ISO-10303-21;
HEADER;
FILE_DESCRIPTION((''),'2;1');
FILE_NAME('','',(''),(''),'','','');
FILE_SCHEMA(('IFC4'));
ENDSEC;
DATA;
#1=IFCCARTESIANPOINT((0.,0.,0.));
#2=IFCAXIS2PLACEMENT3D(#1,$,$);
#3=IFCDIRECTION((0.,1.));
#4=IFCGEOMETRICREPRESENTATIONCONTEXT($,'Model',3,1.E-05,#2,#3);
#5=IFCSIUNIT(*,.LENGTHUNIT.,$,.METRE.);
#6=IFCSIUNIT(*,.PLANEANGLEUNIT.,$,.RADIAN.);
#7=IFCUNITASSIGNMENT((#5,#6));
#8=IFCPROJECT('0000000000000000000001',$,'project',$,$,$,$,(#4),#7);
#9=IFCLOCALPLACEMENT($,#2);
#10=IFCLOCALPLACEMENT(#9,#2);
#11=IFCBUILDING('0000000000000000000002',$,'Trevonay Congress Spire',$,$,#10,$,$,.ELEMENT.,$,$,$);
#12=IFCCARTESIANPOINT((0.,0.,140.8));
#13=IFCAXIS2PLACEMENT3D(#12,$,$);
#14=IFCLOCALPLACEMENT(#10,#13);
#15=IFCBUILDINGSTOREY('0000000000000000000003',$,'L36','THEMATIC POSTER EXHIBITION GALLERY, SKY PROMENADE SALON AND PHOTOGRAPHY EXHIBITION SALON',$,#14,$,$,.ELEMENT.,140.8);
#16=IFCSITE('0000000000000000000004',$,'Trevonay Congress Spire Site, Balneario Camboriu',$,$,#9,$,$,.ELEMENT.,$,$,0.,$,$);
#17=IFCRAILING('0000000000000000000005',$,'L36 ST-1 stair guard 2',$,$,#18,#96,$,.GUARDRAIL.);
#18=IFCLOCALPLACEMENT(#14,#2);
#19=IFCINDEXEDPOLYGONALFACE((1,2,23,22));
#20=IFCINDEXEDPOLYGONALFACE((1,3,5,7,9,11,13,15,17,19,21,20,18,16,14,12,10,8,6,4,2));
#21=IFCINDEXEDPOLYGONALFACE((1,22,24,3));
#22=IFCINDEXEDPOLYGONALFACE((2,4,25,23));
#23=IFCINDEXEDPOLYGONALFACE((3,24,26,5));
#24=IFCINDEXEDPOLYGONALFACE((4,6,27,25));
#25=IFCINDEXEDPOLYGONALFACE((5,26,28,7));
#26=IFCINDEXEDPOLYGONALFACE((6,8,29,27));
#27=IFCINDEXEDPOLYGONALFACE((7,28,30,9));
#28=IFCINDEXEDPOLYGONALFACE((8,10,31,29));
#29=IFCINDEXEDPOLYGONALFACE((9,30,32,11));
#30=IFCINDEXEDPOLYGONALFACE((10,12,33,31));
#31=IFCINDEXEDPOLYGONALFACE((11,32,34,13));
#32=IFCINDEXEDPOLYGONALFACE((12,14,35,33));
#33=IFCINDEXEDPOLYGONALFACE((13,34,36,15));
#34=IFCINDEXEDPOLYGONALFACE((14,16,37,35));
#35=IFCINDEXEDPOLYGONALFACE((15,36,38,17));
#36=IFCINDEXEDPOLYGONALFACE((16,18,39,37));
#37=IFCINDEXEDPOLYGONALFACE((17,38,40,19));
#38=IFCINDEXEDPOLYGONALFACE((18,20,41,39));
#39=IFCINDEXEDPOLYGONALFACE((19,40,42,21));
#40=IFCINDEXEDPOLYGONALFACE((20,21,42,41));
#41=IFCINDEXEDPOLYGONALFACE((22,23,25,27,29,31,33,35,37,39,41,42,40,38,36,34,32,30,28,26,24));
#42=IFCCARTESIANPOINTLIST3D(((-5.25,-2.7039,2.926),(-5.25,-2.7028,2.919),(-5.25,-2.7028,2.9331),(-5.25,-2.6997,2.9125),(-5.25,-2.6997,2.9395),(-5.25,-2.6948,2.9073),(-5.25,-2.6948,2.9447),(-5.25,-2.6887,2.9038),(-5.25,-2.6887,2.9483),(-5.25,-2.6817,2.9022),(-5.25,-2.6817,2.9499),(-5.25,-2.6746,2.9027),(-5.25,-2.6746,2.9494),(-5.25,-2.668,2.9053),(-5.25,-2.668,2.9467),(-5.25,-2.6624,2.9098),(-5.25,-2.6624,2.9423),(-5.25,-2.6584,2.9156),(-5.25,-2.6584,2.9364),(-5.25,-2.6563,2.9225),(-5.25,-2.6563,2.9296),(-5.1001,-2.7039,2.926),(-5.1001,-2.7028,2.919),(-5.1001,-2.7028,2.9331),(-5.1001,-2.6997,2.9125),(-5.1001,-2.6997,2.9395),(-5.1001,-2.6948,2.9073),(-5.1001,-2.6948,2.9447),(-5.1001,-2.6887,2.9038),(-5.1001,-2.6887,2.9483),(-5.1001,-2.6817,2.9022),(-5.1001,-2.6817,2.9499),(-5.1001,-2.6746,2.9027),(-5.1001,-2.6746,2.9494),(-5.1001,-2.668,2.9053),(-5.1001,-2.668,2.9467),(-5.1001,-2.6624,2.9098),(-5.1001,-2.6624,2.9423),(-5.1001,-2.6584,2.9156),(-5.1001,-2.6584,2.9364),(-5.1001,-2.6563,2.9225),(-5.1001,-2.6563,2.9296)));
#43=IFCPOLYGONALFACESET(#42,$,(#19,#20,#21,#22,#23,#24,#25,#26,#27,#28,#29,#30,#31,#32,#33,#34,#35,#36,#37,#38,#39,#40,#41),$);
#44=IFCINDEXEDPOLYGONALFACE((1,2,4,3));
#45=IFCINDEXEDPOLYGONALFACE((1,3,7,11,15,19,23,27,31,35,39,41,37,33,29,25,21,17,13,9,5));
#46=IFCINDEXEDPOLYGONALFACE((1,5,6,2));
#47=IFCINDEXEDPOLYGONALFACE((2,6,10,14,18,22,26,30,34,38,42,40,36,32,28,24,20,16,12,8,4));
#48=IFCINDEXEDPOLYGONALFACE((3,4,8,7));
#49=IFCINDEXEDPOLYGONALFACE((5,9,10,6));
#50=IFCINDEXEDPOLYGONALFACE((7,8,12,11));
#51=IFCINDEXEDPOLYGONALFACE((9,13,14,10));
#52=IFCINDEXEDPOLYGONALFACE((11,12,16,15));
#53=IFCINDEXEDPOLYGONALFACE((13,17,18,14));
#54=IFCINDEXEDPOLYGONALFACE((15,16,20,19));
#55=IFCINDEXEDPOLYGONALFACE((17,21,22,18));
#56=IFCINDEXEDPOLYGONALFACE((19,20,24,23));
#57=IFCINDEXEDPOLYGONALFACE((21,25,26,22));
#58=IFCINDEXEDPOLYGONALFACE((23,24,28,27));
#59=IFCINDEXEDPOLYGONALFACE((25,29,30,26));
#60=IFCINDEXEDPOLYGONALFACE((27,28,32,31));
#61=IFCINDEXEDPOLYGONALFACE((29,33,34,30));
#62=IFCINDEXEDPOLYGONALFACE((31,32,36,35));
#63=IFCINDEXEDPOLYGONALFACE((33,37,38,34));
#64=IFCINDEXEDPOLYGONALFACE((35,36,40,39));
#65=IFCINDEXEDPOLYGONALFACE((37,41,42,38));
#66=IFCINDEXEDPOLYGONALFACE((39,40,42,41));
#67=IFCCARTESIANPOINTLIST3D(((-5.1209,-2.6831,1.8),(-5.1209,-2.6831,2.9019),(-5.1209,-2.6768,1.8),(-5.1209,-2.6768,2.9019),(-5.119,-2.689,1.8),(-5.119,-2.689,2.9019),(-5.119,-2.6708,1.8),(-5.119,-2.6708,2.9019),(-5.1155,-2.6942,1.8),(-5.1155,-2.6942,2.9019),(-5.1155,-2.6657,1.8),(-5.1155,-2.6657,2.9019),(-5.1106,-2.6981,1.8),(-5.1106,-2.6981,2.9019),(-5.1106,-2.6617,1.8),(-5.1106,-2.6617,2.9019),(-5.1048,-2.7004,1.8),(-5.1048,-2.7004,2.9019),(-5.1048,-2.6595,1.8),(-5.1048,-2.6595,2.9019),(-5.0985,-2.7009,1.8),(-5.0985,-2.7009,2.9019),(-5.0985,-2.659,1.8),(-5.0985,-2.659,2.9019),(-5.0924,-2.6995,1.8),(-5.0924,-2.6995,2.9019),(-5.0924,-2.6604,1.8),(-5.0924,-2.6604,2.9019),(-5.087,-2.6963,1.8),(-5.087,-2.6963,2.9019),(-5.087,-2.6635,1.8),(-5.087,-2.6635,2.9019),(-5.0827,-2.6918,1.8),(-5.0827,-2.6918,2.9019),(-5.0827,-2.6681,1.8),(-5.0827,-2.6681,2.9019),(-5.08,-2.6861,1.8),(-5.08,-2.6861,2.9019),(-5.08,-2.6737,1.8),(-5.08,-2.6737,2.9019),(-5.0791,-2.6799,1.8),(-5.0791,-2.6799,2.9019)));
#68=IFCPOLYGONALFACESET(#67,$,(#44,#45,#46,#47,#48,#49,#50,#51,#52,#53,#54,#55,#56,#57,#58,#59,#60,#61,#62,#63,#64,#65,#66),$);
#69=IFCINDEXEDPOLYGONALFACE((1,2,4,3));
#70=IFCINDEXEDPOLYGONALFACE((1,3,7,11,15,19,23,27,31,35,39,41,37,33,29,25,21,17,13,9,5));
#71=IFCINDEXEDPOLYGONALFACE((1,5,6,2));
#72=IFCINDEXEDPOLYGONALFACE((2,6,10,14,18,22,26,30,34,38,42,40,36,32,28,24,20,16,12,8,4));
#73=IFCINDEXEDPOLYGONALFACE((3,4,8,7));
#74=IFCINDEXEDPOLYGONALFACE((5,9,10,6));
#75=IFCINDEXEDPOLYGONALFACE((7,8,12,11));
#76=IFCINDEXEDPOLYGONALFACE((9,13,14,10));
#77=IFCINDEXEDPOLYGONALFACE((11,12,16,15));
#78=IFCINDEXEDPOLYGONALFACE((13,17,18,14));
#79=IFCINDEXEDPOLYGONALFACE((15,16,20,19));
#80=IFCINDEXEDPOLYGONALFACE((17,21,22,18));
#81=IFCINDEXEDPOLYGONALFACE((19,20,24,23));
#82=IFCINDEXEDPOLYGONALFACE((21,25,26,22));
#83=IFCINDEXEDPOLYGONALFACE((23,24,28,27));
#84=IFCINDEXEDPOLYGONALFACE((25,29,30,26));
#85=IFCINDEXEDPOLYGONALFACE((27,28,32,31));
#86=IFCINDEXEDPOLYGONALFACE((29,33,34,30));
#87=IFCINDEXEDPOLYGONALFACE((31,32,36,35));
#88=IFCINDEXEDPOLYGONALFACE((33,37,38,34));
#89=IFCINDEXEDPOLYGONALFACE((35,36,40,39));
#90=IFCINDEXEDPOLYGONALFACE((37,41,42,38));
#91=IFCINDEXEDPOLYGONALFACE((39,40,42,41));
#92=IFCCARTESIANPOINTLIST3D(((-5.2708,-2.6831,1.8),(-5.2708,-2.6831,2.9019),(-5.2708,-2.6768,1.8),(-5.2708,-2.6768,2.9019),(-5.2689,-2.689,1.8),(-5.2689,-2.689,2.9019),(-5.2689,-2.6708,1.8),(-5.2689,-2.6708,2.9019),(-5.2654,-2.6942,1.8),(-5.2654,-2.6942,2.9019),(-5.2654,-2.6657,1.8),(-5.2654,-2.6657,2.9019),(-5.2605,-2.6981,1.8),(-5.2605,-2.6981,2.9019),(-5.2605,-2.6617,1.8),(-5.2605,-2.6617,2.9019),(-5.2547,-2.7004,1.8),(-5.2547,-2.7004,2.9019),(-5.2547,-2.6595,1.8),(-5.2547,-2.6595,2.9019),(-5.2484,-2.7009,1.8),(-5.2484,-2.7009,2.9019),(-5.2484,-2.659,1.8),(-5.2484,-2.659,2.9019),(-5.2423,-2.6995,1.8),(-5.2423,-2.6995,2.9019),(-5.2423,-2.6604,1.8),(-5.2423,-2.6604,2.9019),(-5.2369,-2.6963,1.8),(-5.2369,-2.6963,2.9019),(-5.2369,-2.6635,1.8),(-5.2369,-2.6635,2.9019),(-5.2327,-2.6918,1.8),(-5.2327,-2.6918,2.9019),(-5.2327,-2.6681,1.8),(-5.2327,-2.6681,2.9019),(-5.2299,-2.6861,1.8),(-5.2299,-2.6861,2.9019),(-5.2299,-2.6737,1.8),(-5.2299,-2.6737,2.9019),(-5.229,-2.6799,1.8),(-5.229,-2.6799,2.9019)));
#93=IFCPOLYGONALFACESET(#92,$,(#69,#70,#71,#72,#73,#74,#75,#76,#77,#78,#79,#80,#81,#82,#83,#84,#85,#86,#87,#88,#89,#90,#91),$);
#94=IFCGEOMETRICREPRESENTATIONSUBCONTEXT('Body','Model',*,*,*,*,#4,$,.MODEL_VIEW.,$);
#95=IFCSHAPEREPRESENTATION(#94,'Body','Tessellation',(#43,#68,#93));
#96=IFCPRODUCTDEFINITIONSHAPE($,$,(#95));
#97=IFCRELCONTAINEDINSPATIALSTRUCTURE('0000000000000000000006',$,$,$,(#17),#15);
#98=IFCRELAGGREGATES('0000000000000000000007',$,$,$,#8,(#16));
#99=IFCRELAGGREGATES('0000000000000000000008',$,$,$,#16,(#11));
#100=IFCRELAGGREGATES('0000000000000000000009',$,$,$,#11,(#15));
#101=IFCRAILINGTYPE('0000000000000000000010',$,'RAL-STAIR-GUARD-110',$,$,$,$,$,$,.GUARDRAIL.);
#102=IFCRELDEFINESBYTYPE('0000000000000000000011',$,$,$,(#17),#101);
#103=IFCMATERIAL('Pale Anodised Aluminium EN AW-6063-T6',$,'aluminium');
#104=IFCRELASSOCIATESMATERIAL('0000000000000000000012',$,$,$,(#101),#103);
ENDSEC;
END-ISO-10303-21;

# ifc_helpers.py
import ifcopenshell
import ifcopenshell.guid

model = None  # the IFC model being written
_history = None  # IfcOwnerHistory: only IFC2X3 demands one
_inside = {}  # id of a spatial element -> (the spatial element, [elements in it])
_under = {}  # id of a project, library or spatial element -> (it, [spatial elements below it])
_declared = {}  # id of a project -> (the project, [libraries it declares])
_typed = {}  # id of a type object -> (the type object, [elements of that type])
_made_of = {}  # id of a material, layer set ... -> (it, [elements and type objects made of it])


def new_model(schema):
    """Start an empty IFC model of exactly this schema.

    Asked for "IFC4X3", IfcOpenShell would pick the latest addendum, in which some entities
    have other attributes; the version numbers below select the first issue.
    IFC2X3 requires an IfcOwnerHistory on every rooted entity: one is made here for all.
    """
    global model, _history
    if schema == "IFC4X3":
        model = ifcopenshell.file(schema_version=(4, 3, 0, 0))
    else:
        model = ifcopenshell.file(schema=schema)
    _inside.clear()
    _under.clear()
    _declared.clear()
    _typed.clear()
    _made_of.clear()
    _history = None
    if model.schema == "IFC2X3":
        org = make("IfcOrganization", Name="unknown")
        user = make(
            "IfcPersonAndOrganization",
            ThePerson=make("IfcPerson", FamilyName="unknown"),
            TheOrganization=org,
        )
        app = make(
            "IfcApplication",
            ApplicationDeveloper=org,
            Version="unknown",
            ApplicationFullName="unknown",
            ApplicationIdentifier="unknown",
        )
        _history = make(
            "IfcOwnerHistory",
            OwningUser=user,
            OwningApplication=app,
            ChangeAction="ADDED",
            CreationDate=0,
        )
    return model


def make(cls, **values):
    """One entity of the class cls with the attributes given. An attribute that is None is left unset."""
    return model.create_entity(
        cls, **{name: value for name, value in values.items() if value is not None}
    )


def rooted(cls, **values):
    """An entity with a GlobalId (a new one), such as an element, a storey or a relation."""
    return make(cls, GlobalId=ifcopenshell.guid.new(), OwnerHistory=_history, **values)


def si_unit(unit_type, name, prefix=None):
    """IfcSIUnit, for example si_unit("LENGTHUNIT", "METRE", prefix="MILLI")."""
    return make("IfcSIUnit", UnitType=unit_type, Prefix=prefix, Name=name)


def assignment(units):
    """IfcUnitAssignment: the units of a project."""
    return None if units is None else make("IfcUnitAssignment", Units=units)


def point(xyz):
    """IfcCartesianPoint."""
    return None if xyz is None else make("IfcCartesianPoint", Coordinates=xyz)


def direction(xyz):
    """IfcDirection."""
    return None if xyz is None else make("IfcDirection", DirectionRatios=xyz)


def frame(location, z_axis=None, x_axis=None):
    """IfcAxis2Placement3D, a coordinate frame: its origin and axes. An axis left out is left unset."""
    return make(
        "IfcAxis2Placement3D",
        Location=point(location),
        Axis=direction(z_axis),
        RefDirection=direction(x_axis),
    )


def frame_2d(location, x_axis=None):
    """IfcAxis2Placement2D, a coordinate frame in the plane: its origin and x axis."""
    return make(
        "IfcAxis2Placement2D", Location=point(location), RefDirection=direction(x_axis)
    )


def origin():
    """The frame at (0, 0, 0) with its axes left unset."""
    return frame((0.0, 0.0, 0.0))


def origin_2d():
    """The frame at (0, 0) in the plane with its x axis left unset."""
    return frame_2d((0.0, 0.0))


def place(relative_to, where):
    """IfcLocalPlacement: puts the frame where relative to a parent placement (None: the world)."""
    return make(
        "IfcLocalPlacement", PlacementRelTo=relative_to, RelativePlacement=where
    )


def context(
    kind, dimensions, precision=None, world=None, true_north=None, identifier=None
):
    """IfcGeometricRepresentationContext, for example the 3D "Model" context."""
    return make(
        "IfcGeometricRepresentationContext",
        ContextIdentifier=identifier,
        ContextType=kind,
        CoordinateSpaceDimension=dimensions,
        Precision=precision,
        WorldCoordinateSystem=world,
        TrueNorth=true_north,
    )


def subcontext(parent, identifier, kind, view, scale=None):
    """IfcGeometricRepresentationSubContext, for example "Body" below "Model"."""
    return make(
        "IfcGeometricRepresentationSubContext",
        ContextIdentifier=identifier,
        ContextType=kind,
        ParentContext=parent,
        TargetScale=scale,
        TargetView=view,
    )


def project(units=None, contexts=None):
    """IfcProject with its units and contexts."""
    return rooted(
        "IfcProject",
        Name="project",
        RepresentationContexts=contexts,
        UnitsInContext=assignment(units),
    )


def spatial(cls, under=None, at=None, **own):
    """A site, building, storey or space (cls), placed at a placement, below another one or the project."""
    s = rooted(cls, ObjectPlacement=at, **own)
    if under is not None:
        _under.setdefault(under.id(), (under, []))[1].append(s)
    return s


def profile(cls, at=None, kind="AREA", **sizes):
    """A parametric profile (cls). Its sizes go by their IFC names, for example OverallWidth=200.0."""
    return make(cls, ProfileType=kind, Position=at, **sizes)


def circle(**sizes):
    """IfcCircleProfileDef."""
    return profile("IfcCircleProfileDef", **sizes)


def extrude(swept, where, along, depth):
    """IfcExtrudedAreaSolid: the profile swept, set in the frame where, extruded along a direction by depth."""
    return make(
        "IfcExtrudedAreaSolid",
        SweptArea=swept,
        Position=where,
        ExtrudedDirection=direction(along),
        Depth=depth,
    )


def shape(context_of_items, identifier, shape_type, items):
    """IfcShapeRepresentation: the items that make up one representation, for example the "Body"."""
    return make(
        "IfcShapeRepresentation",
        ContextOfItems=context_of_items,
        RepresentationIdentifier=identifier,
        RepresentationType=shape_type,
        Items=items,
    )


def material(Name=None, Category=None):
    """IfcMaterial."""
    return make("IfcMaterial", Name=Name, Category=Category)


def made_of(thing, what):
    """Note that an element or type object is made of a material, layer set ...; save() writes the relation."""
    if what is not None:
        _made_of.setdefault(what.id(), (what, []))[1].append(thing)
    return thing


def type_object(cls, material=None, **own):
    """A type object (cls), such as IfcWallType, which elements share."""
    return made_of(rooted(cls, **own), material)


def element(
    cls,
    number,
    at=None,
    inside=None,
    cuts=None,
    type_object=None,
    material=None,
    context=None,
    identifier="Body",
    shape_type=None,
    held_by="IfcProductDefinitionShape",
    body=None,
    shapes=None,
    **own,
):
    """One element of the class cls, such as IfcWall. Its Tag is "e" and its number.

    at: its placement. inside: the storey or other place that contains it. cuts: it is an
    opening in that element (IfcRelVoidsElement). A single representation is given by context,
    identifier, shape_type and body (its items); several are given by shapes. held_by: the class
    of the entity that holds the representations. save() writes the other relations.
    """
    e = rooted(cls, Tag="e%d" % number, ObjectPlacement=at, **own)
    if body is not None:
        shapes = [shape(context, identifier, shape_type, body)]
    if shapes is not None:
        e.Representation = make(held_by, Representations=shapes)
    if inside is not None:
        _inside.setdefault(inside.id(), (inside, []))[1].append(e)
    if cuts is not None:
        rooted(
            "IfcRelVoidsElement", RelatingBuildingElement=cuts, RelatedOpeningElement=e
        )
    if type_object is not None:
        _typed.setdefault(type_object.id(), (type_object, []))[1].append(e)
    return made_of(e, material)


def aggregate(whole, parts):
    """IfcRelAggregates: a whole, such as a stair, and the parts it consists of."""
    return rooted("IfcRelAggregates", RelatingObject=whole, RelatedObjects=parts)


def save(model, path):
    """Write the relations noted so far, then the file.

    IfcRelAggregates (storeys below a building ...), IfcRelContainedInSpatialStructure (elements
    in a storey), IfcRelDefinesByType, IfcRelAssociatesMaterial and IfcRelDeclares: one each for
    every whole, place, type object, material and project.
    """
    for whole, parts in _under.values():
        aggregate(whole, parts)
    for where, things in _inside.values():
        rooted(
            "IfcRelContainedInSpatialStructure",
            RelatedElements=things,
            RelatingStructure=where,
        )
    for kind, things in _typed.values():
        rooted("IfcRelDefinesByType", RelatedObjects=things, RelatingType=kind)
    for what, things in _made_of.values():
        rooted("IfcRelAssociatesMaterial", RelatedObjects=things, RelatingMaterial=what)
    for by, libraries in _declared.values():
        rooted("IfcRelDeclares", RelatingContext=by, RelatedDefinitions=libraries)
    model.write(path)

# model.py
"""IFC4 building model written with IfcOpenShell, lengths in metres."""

from ifc_helpers import new_model, si_unit, direction, frame, origin, origin_2d, place, context, subcontext, project, spatial, circle, extrude, material, type_object, element, save


model = new_model("IFC4")

# Units and contexts
model_context = context("Model", 3, precision=1e-05, world=origin(), true_north=direction((0.0, 1.0)))
body_context = subcontext(model_context, "Body", "Model", "MODEL_VIEW")
ifc_project = project(units=[si_unit("LENGTHUNIT", "METRE"), si_unit("PLANEANGLEUNIT", "RADIAN")], contexts=[model_context])

# Site, building, storey
site_placement = place(None, origin())
site = spatial("IfcSite", under=ifc_project, at=site_placement, Name="Trevonay Congress Spire Site, Balneario Camboriu", CompositionType="ELEMENT", RefElevation=0.0)
building_placement = place(site_placement, origin())
building = spatial("IfcBuilding", under=site, at=building_placement, Name="Trevonay Congress Spire", CompositionType="ELEMENT")
storey_placement = place(building_placement, frame((0.0, 0.0, 140.8)))
storey = spatial("IfcBuildingStorey", under=building, at=storey_placement, Name="L36", Description="THEMATIC POSTER EXHIBITION GALLERY, SKY PROMENADE SALON AND PHOTOGRAPHY EXHIBITION SALON", CompositionType="ELEMENT", Elevation=140.8)

# Shared definitions
ifc_material_1 = material(Name="Pale Anodised Aluminium EN AW-6063-T6", Category="aluminium")

# Railing
railing_type_1 = type_object("IfcRailingType", Name="RAL-STAIR-GUARD-110", PredefinedType="GUARDRAIL", material=ifc_material_1)
railing_1_placement = place(storey_placement, frame((-5.1001, -2.6799, 1.8)))
element("IfcRailing", 1, at=railing_1_placement, inside=storey, type_object=railing_type_1, Name="L36 ST-1 stair guard 2", PredefinedType="GUARDRAIL", context=body_context, shape_type="SweptSolid", body=[
    extrude(circle(Radius=0.0239, at=origin_2d()), frame((0.0, 0.0, 1.126), z_axis=(-1.0, 0.0, 0.0), x_axis=(0.0, -1.0, 0.0)), (0.0, 0.0, 1.0), 0.1499),
    extrude(circle(Radius=0.021, at=origin_2d()), origin(), (0.0, 0.0, 1.0), 1.1018),
    extrude(circle(Radius=0.021, at=origin_2d()), frame((-0.1499, 0.0, 0.0)), (0.0, 0.0, 1.0), 1.1018),
])

save(model, "model.ifc")
